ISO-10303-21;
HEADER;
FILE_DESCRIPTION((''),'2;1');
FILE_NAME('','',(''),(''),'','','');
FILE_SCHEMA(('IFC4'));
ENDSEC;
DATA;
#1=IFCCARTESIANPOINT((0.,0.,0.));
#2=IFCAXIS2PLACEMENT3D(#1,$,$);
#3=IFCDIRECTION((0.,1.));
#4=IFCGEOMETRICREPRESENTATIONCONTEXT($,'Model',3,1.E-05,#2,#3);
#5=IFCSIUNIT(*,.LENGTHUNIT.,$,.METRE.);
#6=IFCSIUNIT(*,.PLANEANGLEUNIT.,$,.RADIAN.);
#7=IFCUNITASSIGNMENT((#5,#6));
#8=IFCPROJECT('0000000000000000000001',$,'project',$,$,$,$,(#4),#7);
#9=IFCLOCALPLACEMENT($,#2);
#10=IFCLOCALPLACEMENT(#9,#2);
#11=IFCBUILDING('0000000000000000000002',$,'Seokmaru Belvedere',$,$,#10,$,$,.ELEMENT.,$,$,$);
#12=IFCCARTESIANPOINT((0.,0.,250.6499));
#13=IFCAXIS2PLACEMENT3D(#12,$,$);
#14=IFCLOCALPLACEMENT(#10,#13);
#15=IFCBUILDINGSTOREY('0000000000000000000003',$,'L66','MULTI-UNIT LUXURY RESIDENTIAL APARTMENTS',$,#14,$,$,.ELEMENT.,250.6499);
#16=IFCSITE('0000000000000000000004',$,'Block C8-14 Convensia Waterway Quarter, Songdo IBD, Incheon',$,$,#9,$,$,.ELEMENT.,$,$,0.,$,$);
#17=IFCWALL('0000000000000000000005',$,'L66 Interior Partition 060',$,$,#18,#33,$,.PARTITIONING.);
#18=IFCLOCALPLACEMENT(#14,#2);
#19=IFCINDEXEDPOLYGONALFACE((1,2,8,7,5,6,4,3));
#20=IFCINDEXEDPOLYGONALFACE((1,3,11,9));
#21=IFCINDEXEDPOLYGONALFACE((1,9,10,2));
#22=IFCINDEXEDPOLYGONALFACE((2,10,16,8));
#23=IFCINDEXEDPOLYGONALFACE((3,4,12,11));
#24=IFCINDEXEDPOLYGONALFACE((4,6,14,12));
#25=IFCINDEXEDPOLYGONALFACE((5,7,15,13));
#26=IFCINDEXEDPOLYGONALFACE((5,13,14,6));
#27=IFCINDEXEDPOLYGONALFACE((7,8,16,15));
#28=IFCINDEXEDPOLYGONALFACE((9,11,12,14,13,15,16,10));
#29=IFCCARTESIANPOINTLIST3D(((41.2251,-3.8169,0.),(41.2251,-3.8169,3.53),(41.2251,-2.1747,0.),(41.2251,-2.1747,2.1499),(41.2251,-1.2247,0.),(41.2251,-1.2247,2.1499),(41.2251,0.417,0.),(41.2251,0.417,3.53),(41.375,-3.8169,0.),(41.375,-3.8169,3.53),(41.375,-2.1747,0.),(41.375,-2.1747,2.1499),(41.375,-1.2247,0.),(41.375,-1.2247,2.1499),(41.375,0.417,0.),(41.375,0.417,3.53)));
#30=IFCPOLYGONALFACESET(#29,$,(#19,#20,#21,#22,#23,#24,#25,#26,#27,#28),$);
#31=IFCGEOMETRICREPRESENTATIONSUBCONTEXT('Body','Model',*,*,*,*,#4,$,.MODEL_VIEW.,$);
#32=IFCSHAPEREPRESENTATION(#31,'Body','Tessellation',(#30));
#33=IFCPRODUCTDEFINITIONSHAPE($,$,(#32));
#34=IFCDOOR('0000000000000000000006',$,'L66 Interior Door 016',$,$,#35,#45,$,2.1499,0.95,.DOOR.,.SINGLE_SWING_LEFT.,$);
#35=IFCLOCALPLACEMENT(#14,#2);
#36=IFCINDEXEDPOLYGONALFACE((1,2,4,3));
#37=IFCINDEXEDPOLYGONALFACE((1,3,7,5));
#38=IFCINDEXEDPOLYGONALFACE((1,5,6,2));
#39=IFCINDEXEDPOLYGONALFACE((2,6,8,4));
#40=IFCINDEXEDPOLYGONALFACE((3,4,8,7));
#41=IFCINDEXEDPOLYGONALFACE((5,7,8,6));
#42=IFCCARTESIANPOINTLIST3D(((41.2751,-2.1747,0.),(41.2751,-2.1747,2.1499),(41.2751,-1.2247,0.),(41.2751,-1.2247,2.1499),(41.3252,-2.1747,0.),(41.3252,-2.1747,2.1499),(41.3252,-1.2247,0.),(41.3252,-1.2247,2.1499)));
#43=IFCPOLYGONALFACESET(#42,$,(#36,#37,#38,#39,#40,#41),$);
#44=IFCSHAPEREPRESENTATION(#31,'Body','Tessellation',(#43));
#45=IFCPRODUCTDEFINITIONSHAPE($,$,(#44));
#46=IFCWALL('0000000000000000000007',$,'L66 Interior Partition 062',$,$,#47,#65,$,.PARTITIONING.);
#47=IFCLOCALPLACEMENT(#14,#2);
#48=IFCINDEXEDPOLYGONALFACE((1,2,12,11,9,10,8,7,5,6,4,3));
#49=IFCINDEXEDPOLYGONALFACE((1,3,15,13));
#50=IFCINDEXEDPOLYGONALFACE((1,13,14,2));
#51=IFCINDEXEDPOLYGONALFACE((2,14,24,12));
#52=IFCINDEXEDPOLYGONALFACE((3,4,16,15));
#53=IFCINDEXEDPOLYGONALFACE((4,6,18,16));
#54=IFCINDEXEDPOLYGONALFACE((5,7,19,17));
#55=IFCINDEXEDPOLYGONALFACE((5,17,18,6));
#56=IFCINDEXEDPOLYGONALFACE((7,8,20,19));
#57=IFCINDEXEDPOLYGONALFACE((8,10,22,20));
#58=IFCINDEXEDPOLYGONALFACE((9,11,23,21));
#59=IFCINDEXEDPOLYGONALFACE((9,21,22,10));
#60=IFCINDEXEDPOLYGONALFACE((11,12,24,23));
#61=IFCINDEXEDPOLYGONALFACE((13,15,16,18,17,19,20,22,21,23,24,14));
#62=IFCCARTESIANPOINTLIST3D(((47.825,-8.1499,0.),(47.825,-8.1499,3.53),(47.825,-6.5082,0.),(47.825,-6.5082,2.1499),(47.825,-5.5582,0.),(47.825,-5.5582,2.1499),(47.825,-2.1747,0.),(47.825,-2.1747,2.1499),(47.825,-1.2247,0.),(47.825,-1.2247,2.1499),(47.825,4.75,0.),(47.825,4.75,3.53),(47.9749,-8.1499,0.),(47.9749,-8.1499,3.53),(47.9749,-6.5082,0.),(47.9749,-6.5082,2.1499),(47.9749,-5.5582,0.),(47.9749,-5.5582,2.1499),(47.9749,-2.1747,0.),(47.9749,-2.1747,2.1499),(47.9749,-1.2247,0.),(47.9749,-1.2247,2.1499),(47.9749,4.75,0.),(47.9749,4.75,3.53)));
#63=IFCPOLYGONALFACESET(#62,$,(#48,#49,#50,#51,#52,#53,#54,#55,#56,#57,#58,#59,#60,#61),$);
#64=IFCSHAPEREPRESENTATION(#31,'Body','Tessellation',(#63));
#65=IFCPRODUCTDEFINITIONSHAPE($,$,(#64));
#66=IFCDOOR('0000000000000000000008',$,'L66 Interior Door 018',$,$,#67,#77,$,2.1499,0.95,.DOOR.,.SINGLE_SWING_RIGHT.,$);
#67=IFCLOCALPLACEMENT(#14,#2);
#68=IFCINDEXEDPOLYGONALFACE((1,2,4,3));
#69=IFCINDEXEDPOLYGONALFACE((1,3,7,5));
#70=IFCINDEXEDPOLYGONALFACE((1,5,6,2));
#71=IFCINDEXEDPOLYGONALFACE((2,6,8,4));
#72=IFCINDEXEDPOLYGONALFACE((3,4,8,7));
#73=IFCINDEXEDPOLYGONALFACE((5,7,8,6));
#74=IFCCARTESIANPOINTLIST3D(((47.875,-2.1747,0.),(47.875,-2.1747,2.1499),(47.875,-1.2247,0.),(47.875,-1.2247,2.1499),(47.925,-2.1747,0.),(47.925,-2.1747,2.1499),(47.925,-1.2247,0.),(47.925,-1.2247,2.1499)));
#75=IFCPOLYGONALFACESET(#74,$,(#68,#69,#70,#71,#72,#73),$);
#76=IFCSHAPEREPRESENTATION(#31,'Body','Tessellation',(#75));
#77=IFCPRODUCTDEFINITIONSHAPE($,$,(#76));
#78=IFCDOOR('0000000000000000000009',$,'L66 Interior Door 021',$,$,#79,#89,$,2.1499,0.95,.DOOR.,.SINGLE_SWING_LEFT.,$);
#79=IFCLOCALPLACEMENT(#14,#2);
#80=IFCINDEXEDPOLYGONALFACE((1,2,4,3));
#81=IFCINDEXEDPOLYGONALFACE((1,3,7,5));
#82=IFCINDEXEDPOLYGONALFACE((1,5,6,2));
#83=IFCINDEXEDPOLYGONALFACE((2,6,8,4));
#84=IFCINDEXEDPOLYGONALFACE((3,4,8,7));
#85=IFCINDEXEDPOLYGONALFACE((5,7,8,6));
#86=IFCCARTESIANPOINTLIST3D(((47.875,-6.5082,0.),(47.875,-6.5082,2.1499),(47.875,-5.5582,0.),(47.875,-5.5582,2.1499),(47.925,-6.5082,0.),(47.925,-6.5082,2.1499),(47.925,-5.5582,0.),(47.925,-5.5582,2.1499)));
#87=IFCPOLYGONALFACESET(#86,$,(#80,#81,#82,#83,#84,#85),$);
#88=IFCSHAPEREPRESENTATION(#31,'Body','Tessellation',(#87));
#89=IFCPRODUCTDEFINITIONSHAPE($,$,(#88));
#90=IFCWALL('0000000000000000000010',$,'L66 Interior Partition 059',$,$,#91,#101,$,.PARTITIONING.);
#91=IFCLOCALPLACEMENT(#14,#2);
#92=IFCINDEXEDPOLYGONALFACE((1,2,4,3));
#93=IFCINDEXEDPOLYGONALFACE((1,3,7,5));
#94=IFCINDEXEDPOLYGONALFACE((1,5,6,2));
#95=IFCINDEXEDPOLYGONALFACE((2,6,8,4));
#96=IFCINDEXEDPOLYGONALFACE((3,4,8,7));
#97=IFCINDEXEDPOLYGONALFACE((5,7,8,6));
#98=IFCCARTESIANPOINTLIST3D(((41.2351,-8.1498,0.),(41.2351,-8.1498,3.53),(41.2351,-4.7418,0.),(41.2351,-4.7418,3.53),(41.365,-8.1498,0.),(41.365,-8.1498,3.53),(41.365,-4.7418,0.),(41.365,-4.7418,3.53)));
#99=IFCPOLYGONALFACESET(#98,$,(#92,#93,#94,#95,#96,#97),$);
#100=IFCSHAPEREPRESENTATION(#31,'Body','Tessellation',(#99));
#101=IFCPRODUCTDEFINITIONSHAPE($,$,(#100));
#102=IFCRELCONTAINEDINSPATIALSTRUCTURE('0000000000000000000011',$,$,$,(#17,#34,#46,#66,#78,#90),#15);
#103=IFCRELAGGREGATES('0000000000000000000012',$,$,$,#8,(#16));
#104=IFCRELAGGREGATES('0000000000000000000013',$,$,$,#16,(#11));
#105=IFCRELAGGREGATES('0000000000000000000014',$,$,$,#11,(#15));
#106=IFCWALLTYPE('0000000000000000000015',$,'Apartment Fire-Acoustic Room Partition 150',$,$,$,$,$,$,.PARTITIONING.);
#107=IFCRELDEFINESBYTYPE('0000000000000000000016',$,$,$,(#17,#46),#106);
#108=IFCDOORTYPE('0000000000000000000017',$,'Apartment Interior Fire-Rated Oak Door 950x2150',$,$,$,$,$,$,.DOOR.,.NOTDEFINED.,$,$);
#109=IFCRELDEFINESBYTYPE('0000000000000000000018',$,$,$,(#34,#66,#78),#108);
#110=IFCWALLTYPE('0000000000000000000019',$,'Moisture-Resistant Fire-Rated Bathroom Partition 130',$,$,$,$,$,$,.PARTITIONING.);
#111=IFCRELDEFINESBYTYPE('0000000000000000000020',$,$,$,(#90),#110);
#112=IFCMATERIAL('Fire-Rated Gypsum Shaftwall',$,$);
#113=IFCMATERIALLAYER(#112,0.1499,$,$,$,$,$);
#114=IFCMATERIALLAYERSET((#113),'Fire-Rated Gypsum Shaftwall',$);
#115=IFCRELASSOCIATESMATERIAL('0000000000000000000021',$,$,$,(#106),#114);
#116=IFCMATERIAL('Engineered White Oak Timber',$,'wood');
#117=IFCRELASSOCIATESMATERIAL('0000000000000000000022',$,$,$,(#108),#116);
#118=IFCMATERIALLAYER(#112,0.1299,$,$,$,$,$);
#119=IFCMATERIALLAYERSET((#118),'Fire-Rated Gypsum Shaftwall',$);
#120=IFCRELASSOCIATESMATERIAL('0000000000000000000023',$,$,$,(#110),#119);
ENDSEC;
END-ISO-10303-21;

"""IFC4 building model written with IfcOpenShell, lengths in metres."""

from ifc_helpers import new_model, si_unit, direction, frame, frame_2d, origin, place, context, subcontext, project, spatial, rectangle, extrude, source, transform, mapped, material, layer, layer_set, type_object, type_shapes, element, fill, save


model = new_model("IFC4")

# Units and contexts
model_context = context("Model", 3, precision=1e-05, world=origin(), true_north=direction((0.0, 1.0)))
body_context = subcontext(model_context, "Body", "Model", "MODEL_VIEW")
ifc_project = project(units=[si_unit("LENGTHUNIT", "METRE"), si_unit("PLANEANGLEUNIT", "RADIAN")], contexts=[model_context])

# Site, building, storey
site_placement = place(None, origin())
site = spatial("IfcSite", under=ifc_project, at=site_placement, Name="Block C8-14 Convensia Waterway Quarter, Songdo IBD, Incheon", CompositionType="ELEMENT", RefElevation=0.0)
building_placement = place(site_placement, origin())
building = spatial("IfcBuilding", under=site, at=building_placement, Name="Seokmaru Belvedere", CompositionType="ELEMENT")
storey_placement = place(building_placement, frame((0.0, 0.0, 250.6499)))
storey = spatial("IfcBuildingStorey", under=building, at=storey_placement, Name="L66", Description="MULTI-UNIT LUXURY RESIDENTIAL APARTMENTS", CompositionType="ELEMENT", Elevation=250.6499)

# Wall, opening, door
ifc_material_1 = material(Name="Fire-Rated Gypsum Shaftwall")
ifc_layer_1 = layer(ifc_material_1, 0.1499)
ifc_layer_set_1 = layer_set([ifc_layer_1], Name="Fire-Rated Gypsum Shaftwall")
wall_type_1 = type_object("IfcWallType", Name="Apartment Fire-Acoustic Room Partition 150", PredefinedType="PARTITIONING", material=ifc_layer_set_1)
ifc_material_2 = material(Name="Engineered White Oak Timber", Category="wood")
door_type = type_object("IfcDoorType", Name="Apartment Interior Fire-Rated Oak Door 950x2150", OperationType="NOTDEFINED", PredefinedType="DOOR", material=ifc_material_2)
shared_shape_1 = source(origin(), body_context, "Body", "SweptSolid", [
    extrude(rectangle(XDim=0.95, YDim=2.1499, at=frame_2d((0.4751, 1.075))), frame((0.0, 0.0249, 0.0), z_axis=(0.0, -1.0, 0.0), x_axis=(1.0, 0.0, 0.0)), (0.0, 0.0, 1.0), 0.05),
])
type_shapes(door_type, [shared_shape_1])
wall_1_placement = place(storey_placement, frame((41.3, -3.8169, 0.0), z_axis=(0.0, 0.0, 1.0), x_axis=(0.0, 1.0, 0.0)))
wall_1 = element("IfcWall", 1, at=wall_1_placement, inside=storey, type_object=wall_type_1, Name="L66 Interior Partition 060", PredefinedType="PARTITIONING", context=body_context, shape_type="SweptSolid", body=[
    extrude(rectangle(XDim=4.2339, YDim=0.1499, at=frame_2d((2.1169, 0.0))), origin(), (0.0, 0.0, 1.0), 3.53),
])
opening_1_placement = place(wall_1_placement, frame((1.6421, 0.0, 0.0)))
opening_1 = element("IfcOpeningElement", 2, at=opening_1_placement, cuts=wall_1, PredefinedType="OPENING", context=body_context, shape_type="SweptSolid", body=[
    extrude(rectangle(XDim=0.95, YDim=2.1499, at=frame_2d((0.4751, 1.075))), frame((0.0, 0.085, 0.0), z_axis=(0.0, -1.0, 0.0), x_axis=(1.0, 0.0, 0.0)), (0.0, 0.0, 1.0), 0.1699),
])
door_1_placement = place(opening_1_placement, origin())
door_1 = element("IfcDoor", 3, at=door_1_placement, inside=storey, type_object=door_type, Name="L66 Interior Door 016", OperationType="SINGLE_SWING_LEFT", OverallHeight=2.1499, OverallWidth=0.95, PredefinedType="DOOR", context=body_context, shape_type="MappedRepresentation", body=[
    mapped(shared_shape_1, transform((0.0, 0.0, 0.0), scale=1.0)),
])
fill(opening_1, door_1)

# Wall, openings, doors
wall_2_placement = place(storey_placement, frame((47.8999, -8.1499, 0.0), z_axis=(0.0, 0.0, 1.0), x_axis=(0.0, 1.0, 0.0)))
wall_2 = element("IfcWall", 4, at=wall_2_placement, inside=storey, type_object=wall_type_1, Name="L66 Interior Partition 062", PredefinedType="PARTITIONING", context=body_context, shape_type="SweptSolid", body=[
    extrude(rectangle(XDim=12.8999, YDim=0.1499, at=frame_2d((6.45, 0.0))), origin(), (0.0, 0.0, 1.0), 3.53),
])
opening_2_placement = place(wall_2_placement, frame((5.9751, 0.0, 0.0)))
opening_2 = element("IfcOpeningElement", 5, at=opening_2_placement, cuts=wall_2, PredefinedType="OPENING", context=body_context, shape_type="SweptSolid", body=[
    extrude(rectangle(XDim=0.95, YDim=2.1499, at=frame_2d((0.4751, 1.075))), frame((0.0, 0.085, 0.0), z_axis=(0.0, -1.0, 0.0), x_axis=(1.0, 0.0, 0.0)), (0.0, 0.0, 1.0), 0.1699),
])
opening_3_placement = place(wall_2_placement, frame((1.6416, 0.0, 0.0)))
opening_3 = element("IfcOpeningElement", 6, at=opening_3_placement, cuts=wall_2, PredefinedType="OPENING", context=body_context, shape_type="SweptSolid", body=[
    extrude(rectangle(XDim=0.95, YDim=2.1499, at=frame_2d((0.4751, 1.075))), frame((0.0, 0.085, 0.0), z_axis=(0.0, -1.0, 0.0), x_axis=(1.0, 0.0, 0.0)), (0.0, 0.0, 1.0), 0.1699),
])
door_2_placement = place(opening_2_placement, origin())
door_2 = element("IfcDoor", 7, at=door_2_placement, inside=storey, type_object=door_type, Name="L66 Interior Door 018", OperationType="SINGLE_SWING_RIGHT", OverallHeight=2.1499, OverallWidth=0.95, PredefinedType="DOOR", context=body_context, shape_type="MappedRepresentation", body=[
    mapped(shared_shape_1, transform((0.0, 0.0, 0.0), scale=1.0)),
])
fill(opening_2, door_2)
door_3_placement = place(opening_3_placement, origin())
door_3 = element("IfcDoor", 8, at=door_3_placement, inside=storey, type_object=door_type, Name="L66 Interior Door 021", OperationType="SINGLE_SWING_LEFT", OverallHeight=2.1499, OverallWidth=0.95, PredefinedType="DOOR", context=body_context, shape_type="MappedRepresentation", body=[
    mapped(shared_shape_1, transform((0.0, 0.0, 0.0), scale=1.0)),
])
fill(opening_3, door_3)

# Wall
ifc_layer_2 = layer(ifc_material_1, 0.1299)
ifc_layer_set_2 = layer_set([ifc_layer_2], Name="Fire-Rated Gypsum Shaftwall")
wall_type_2 = type_object("IfcWallType", Name="Moisture-Resistant Fire-Rated Bathroom Partition 130", PredefinedType="PARTITIONING", material=ifc_layer_set_2)
wall_3_placement = place(storey_placement, frame((41.3, -8.1499, 0.0), z_axis=(0.0, 0.0, 1.0), x_axis=(0.0, 1.0, 0.0)))
element("IfcWall", 9, at=wall_3_placement, inside=storey, type_object=wall_type_2, Name="L66 Interior Partition 059", PredefinedType="PARTITIONING", context=body_context, shape_type="SweptSolid", body=[
    extrude(rectangle(XDim=3.408, YDim=0.1299, at=frame_2d((1.7041, 0.0))), origin(), (0.0, 0.0, 1.0), 3.53),
])

save(model, "model.ifc")
